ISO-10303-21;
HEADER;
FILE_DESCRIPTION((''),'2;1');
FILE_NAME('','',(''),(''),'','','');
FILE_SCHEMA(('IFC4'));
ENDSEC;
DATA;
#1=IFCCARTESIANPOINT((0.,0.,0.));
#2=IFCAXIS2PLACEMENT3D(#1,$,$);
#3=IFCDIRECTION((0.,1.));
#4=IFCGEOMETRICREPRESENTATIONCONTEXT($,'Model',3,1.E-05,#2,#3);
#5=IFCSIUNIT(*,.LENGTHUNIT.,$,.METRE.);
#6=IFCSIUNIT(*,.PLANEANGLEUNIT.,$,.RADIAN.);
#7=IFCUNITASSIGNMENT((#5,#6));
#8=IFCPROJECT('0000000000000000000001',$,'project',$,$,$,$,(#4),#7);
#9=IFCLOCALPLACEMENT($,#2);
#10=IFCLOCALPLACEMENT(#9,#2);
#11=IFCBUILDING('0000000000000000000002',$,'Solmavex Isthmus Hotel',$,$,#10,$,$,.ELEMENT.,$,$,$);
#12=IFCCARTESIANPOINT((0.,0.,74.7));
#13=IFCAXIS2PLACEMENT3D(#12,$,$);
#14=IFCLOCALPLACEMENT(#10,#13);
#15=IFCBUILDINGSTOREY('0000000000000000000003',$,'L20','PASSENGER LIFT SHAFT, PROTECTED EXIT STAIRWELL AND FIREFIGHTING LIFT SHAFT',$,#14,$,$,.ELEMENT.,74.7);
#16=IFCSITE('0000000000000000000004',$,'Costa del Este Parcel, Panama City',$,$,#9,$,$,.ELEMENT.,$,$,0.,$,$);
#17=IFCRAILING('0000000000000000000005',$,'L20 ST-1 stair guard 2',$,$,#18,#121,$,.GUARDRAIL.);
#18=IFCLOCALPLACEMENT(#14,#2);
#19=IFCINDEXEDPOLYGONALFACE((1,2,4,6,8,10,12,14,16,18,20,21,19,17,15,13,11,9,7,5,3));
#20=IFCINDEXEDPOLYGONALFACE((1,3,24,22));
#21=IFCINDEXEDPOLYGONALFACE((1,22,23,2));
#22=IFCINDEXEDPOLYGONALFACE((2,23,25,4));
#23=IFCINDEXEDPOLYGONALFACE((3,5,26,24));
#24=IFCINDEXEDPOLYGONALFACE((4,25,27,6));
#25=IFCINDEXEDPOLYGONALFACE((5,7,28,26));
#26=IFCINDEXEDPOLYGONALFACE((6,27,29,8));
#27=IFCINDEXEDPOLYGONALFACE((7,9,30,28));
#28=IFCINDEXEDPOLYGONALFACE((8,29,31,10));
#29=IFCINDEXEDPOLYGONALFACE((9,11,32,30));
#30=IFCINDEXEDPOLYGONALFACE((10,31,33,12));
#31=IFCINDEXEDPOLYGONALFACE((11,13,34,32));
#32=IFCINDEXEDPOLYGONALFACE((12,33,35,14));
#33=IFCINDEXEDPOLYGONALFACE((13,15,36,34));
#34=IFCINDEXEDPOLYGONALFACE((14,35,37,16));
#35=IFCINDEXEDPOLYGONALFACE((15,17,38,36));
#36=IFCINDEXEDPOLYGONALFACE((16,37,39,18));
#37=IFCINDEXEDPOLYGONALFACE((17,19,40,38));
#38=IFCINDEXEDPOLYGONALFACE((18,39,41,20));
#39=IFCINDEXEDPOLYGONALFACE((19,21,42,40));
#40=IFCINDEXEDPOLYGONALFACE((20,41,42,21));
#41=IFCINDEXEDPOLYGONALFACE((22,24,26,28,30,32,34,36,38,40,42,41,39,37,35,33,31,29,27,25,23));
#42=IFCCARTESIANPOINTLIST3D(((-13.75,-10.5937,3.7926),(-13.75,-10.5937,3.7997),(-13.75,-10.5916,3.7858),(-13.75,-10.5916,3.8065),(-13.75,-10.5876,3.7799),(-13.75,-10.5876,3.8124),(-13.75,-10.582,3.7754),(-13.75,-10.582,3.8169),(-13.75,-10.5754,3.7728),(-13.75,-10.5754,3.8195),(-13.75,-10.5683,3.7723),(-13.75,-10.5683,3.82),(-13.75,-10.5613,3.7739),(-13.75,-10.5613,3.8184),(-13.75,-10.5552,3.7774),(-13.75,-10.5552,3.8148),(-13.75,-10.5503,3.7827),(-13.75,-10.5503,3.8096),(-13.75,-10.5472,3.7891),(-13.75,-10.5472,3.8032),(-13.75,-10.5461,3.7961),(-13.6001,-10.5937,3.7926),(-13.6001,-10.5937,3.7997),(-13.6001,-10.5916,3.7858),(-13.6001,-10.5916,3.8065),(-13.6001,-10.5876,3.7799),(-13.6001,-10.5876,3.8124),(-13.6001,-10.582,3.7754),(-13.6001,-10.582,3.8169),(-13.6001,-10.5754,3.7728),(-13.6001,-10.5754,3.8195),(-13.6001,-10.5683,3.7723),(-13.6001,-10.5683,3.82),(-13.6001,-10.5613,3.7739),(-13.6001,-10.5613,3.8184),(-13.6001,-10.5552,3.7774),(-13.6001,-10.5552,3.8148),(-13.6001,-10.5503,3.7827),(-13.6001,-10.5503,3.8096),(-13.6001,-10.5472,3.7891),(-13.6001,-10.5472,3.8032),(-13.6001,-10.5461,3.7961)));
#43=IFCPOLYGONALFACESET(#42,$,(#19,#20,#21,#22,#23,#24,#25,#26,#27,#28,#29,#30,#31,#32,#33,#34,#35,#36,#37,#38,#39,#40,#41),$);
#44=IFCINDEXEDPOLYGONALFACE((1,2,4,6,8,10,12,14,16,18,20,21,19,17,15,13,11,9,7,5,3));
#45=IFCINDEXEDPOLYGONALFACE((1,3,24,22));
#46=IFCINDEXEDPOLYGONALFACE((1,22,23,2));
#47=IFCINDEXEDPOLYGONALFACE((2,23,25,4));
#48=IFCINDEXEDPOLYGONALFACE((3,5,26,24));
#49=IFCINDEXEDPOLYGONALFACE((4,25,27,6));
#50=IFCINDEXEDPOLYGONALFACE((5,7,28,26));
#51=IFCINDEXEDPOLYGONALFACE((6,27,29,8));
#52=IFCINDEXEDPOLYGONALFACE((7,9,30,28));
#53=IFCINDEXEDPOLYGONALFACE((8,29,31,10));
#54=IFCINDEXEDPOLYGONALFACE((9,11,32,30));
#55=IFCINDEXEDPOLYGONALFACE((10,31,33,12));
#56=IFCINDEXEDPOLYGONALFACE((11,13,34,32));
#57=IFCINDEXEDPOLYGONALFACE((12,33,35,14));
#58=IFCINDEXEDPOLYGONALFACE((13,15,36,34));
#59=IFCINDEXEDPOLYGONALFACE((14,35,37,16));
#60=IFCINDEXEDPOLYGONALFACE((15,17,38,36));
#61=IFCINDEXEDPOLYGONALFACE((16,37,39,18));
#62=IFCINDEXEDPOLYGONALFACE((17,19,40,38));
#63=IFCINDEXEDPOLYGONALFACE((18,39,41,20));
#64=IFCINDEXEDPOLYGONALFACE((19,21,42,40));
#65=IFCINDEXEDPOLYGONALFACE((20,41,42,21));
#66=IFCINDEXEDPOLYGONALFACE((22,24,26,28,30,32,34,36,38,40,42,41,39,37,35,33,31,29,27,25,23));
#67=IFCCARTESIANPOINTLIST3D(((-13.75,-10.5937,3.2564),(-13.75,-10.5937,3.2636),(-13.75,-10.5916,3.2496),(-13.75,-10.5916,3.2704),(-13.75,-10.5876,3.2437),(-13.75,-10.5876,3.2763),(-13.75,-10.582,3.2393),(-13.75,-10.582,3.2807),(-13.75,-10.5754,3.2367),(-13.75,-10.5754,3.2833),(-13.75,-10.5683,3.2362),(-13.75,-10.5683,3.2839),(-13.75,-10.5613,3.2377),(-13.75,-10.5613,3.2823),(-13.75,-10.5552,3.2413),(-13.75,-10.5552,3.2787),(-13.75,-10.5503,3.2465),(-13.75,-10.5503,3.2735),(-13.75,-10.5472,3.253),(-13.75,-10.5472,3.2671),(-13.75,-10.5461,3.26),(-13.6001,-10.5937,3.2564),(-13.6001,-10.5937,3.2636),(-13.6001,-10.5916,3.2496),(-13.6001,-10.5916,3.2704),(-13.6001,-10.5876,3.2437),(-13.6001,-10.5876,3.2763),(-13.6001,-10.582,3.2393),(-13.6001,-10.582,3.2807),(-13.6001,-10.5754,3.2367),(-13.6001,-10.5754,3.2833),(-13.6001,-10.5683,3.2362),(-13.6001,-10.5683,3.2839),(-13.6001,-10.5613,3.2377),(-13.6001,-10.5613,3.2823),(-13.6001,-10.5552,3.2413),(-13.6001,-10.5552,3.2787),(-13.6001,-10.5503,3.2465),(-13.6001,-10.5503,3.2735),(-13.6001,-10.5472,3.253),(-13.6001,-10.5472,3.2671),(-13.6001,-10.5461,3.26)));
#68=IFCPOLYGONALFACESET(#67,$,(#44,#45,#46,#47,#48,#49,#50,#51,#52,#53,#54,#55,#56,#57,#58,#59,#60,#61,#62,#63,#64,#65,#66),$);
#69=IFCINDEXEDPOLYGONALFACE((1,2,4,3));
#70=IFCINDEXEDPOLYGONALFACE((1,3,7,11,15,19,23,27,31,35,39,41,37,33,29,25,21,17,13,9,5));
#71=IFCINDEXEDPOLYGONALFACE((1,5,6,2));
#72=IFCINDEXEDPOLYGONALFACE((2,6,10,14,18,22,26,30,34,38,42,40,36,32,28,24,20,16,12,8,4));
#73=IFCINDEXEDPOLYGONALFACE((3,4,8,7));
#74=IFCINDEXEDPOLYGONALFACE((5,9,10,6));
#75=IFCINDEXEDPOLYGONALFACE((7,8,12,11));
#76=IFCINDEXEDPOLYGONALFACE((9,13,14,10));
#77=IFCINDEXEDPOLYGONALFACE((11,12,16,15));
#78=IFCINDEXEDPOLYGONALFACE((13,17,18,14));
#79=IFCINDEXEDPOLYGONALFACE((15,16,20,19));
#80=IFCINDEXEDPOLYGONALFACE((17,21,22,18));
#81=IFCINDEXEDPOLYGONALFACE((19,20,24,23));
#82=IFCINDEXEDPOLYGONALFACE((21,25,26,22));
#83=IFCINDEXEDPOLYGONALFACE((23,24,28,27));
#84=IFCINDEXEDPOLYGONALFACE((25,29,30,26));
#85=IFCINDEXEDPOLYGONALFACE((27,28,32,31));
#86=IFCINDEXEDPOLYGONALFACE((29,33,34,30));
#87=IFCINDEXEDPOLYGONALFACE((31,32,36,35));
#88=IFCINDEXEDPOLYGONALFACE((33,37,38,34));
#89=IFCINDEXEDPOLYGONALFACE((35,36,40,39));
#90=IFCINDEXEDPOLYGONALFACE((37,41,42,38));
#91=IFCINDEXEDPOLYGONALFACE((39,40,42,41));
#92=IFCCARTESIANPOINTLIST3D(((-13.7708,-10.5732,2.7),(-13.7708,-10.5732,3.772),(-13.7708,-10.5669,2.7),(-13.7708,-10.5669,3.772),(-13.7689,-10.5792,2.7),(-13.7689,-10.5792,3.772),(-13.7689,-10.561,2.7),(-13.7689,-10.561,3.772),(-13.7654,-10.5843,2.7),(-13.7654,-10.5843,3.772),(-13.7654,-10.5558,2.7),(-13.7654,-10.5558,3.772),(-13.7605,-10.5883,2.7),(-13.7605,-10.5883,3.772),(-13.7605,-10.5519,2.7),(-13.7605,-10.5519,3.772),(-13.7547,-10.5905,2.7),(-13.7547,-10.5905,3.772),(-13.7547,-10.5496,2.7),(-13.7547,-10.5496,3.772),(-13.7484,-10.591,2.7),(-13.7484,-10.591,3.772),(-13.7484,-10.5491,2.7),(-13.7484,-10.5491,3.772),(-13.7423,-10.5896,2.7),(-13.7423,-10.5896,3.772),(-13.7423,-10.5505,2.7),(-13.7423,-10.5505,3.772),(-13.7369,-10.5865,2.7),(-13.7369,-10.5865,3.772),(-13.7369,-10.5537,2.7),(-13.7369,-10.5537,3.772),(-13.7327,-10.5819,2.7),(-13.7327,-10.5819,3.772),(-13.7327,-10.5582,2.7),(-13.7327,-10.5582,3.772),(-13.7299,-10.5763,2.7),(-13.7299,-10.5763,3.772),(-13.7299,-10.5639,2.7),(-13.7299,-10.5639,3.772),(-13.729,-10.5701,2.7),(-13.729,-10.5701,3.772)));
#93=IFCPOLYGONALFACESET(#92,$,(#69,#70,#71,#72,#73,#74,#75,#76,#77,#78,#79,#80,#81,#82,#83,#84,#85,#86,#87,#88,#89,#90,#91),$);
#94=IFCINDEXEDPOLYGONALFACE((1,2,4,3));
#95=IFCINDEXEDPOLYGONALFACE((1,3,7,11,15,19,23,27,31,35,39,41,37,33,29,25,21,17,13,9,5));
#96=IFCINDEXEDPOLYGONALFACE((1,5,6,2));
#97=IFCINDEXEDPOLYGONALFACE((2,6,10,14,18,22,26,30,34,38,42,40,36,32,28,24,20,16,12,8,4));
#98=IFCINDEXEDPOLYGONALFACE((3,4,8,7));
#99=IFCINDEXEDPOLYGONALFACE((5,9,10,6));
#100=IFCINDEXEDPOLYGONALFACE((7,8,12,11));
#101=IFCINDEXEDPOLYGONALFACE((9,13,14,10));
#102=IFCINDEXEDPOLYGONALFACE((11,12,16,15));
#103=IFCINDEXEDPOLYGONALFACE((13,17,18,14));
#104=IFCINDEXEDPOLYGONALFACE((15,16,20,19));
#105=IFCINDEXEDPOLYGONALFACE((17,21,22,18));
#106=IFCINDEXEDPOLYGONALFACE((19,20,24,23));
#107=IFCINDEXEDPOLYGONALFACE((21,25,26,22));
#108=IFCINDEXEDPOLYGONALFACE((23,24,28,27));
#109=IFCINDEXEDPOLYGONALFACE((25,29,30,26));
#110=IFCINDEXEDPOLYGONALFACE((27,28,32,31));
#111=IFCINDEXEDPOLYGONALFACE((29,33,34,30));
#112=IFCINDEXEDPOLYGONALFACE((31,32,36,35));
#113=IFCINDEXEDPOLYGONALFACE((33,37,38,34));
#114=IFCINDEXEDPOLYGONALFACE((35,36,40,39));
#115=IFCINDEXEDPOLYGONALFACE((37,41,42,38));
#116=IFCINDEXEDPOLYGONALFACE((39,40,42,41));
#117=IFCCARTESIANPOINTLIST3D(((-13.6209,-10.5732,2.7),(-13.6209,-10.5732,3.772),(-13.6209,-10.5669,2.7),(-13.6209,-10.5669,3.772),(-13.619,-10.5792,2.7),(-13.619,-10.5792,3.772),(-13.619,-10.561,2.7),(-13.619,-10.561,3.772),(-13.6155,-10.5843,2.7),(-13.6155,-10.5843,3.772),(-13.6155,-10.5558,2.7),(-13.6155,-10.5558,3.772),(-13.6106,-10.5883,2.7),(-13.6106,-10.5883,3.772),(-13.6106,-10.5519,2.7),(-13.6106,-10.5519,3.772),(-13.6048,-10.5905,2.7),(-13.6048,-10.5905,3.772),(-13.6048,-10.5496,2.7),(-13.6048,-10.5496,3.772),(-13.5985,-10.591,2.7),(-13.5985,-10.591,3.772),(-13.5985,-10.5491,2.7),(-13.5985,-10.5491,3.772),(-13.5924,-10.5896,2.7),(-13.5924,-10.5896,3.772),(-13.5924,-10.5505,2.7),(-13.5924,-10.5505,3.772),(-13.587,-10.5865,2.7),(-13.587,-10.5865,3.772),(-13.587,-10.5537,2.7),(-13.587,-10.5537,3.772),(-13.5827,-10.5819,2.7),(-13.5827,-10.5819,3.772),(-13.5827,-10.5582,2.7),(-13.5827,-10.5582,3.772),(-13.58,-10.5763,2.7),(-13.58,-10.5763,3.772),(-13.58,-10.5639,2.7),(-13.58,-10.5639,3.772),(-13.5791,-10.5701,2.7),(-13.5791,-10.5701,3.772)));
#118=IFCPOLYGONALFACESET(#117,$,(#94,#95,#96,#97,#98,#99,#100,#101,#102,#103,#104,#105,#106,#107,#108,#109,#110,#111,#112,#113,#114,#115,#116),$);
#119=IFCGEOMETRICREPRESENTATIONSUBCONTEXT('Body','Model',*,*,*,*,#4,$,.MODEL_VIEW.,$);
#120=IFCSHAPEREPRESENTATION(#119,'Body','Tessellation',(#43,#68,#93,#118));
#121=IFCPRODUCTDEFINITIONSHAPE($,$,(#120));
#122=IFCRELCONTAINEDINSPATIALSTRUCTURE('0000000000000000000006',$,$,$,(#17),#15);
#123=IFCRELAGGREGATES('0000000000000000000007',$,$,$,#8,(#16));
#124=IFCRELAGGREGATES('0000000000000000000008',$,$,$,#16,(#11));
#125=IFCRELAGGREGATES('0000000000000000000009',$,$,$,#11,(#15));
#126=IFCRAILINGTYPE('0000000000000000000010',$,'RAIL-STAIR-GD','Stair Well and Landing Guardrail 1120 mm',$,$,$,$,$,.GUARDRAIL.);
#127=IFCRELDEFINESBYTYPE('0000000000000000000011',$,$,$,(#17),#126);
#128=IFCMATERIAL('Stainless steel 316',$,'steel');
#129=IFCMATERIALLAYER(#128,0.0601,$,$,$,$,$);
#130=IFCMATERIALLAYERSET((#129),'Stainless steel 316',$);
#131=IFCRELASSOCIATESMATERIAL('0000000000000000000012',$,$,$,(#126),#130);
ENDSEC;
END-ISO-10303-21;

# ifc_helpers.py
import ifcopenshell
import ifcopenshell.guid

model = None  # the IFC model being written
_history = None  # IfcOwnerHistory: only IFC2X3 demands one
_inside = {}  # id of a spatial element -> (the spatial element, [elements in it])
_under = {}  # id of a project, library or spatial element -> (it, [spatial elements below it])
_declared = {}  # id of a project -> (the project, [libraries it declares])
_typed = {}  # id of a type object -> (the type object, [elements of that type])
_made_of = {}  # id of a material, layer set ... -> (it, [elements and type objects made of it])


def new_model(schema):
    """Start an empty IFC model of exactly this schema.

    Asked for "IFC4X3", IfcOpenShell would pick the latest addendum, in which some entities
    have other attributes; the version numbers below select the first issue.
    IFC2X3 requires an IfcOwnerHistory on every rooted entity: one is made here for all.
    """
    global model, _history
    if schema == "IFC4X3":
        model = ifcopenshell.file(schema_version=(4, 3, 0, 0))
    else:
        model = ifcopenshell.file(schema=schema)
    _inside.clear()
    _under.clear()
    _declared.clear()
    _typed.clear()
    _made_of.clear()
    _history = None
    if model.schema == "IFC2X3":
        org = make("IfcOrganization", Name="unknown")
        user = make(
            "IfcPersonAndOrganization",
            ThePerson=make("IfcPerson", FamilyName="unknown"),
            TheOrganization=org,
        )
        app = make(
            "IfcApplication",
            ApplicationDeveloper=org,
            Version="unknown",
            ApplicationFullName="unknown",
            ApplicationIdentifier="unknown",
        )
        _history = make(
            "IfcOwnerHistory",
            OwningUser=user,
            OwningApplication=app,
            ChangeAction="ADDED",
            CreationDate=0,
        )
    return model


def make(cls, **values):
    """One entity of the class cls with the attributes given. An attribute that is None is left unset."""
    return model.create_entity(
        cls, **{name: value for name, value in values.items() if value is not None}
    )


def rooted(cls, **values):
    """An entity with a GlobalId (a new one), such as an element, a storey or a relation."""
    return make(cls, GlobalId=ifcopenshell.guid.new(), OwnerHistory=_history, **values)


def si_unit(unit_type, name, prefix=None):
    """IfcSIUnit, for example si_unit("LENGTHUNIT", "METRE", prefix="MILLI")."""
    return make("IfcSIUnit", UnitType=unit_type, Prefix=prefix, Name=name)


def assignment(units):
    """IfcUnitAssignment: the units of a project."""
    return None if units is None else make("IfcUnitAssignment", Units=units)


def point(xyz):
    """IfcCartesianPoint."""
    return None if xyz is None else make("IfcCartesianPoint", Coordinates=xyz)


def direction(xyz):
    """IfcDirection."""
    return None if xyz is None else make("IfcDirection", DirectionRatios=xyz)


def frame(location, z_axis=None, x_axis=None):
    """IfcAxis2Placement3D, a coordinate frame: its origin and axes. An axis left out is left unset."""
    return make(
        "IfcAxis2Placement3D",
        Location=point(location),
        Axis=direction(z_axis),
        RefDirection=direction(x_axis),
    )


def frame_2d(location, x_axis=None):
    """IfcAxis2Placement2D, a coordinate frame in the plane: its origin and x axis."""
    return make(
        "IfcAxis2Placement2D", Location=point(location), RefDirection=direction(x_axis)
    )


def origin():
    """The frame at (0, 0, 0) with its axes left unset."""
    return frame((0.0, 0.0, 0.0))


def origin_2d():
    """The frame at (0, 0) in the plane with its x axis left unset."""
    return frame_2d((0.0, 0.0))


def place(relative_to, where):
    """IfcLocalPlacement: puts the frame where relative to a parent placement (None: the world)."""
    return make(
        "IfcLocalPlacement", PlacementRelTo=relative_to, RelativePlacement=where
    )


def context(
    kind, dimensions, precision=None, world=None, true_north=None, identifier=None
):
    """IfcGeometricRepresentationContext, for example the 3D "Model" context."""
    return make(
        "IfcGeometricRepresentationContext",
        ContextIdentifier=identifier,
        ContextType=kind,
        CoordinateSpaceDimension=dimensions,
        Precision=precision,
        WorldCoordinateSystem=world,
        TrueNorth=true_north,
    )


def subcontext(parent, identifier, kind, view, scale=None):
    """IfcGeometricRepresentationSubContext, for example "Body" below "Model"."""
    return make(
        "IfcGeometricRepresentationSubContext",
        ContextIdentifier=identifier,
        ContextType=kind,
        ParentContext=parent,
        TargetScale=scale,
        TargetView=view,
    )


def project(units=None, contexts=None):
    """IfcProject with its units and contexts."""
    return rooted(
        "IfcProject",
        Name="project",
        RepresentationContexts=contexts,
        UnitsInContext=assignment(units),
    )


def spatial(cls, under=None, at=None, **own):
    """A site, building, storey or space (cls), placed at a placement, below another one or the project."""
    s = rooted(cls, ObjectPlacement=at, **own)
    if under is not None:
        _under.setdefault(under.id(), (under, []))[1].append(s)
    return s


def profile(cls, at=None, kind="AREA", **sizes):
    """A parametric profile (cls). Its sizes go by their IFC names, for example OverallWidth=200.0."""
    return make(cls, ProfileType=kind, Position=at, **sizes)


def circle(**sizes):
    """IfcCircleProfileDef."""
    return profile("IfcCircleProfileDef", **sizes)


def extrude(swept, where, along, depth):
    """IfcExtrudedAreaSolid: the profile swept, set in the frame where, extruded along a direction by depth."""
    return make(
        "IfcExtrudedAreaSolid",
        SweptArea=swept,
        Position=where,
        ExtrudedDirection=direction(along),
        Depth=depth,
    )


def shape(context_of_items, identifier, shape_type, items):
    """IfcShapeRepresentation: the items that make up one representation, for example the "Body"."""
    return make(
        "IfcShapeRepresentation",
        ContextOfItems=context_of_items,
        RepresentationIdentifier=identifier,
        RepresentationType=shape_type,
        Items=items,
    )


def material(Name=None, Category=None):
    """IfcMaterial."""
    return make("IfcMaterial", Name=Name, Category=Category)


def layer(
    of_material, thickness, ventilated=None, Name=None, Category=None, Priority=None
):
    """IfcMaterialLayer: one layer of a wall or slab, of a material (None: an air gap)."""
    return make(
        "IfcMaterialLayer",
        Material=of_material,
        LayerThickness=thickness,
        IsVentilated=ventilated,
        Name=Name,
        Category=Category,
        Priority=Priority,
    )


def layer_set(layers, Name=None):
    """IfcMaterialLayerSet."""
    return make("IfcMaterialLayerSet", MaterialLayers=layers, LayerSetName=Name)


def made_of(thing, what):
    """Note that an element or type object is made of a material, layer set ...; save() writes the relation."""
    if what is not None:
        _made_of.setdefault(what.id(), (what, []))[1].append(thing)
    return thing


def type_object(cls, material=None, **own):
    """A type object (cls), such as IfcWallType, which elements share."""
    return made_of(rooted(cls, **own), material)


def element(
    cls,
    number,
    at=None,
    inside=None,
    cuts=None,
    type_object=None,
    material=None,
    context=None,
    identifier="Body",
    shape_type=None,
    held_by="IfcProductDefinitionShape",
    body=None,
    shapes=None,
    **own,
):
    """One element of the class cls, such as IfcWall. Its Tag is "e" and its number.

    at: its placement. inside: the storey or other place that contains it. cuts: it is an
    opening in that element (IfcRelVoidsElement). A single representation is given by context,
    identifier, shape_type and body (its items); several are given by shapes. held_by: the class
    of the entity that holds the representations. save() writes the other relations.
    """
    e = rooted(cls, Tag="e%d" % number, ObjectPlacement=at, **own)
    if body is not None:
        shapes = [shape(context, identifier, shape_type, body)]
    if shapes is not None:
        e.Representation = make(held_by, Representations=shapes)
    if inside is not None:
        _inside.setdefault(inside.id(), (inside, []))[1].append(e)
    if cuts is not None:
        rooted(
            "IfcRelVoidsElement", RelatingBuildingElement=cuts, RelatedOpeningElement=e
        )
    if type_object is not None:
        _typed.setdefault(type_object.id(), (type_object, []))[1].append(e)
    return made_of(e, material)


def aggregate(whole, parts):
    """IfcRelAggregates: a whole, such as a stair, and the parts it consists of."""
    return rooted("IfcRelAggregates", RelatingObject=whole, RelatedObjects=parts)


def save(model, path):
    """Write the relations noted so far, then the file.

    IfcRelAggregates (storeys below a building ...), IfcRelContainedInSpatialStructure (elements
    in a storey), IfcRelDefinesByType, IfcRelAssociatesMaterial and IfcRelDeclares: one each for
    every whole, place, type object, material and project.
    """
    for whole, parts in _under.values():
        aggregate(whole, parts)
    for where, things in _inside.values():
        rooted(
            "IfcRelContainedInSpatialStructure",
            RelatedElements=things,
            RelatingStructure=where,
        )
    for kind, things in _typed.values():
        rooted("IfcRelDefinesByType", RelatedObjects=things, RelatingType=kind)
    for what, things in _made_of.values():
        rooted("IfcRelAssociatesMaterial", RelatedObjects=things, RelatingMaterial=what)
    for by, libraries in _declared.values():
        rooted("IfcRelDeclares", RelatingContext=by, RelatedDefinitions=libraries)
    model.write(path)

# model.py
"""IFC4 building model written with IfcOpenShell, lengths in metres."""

from ifc_helpers import new_model, si_unit, direction, frame, origin, origin_2d, place, context, subcontext, project, spatial, circle, extrude, material, layer, layer_set, type_object, element, save


model = new_model("IFC4")

# Units and contexts
model_context = context("Model", 3, precision=1e-05, world=origin(), true_north=direction((0.0, 1.0)))
body_context = subcontext(model_context, "Body", "Model", "MODEL_VIEW")
ifc_project = project(units=[si_unit("LENGTHUNIT", "METRE"), si_unit("PLANEANGLEUNIT", "RADIAN")], contexts=[model_context])

# Site, building, storey
site_placement = place(None, origin())
site = spatial("IfcSite", under=ifc_project, at=site_placement, Name="Costa del Este Parcel, Panama City", CompositionType="ELEMENT", RefElevation=0.0)
building_placement = place(site_placement, origin())
building = spatial("IfcBuilding", under=site, at=building_placement, Name="Solmavex Isthmus Hotel", CompositionType="ELEMENT")
storey_placement = place(building_placement, frame((0.0, 0.0, 74.7)))
storey = spatial("IfcBuildingStorey", under=building, at=storey_placement, Name="L20", Description="PASSENGER LIFT SHAFT, PROTECTED EXIT STAIRWELL AND FIREFIGHTING LIFT SHAFT", CompositionType="ELEMENT", Elevation=74.7)

# Railing
ifc_material_1 = material(Name="Stainless steel 316", Category="steel")
ifc_layer_1 = layer(ifc_material_1, 0.0601)
ifc_layer_set_1 = layer_set([ifc_layer_1], Name="Stainless steel 316")
railing_type_1 = type_object("IfcRailingType", Name="RAIL-STAIR-GD", Description="Stair Well and Landing Guardrail 1120 mm", PredefinedType="GUARDRAIL", material=ifc_layer_set_1)
railing_1_placement = place(storey_placement, frame((-13.75, -10.5701, 2.7)))
element("IfcRailing", 1, at=railing_1_placement, inside=storey, type_object=railing_type_1, Name="L20 ST-1 stair guard 2", PredefinedType="GUARDRAIL", context=body_context, shape_type="SweptSolid", body=[
    extrude(circle(Radius=0.0239, at=origin_2d()), frame((0.0, 0.0, 1.0962), z_axis=(1.0, 0.0, 0.0), x_axis=(0.0, 1.0, 0.0)), (0.0, 0.0, 1.0), 0.1499),
    extrude(circle(Radius=0.0239, at=origin_2d()), frame((0.0, 0.0, 0.5601), z_axis=(1.0, 0.0, 0.0), x_axis=(0.0, 1.0, 0.0)), (0.0, 0.0, 1.0), 0.1499),
    extrude(circle(Radius=0.021, at=origin_2d()), origin(), (0.0, 0.0, 1.0), 1.072),
    extrude(circle(Radius=0.021, at=origin_2d()), frame((0.1499, 0.0, 0.0)), (0.0, 0.0, 1.0), 1.072),
])

save(model, "model.ifc")
